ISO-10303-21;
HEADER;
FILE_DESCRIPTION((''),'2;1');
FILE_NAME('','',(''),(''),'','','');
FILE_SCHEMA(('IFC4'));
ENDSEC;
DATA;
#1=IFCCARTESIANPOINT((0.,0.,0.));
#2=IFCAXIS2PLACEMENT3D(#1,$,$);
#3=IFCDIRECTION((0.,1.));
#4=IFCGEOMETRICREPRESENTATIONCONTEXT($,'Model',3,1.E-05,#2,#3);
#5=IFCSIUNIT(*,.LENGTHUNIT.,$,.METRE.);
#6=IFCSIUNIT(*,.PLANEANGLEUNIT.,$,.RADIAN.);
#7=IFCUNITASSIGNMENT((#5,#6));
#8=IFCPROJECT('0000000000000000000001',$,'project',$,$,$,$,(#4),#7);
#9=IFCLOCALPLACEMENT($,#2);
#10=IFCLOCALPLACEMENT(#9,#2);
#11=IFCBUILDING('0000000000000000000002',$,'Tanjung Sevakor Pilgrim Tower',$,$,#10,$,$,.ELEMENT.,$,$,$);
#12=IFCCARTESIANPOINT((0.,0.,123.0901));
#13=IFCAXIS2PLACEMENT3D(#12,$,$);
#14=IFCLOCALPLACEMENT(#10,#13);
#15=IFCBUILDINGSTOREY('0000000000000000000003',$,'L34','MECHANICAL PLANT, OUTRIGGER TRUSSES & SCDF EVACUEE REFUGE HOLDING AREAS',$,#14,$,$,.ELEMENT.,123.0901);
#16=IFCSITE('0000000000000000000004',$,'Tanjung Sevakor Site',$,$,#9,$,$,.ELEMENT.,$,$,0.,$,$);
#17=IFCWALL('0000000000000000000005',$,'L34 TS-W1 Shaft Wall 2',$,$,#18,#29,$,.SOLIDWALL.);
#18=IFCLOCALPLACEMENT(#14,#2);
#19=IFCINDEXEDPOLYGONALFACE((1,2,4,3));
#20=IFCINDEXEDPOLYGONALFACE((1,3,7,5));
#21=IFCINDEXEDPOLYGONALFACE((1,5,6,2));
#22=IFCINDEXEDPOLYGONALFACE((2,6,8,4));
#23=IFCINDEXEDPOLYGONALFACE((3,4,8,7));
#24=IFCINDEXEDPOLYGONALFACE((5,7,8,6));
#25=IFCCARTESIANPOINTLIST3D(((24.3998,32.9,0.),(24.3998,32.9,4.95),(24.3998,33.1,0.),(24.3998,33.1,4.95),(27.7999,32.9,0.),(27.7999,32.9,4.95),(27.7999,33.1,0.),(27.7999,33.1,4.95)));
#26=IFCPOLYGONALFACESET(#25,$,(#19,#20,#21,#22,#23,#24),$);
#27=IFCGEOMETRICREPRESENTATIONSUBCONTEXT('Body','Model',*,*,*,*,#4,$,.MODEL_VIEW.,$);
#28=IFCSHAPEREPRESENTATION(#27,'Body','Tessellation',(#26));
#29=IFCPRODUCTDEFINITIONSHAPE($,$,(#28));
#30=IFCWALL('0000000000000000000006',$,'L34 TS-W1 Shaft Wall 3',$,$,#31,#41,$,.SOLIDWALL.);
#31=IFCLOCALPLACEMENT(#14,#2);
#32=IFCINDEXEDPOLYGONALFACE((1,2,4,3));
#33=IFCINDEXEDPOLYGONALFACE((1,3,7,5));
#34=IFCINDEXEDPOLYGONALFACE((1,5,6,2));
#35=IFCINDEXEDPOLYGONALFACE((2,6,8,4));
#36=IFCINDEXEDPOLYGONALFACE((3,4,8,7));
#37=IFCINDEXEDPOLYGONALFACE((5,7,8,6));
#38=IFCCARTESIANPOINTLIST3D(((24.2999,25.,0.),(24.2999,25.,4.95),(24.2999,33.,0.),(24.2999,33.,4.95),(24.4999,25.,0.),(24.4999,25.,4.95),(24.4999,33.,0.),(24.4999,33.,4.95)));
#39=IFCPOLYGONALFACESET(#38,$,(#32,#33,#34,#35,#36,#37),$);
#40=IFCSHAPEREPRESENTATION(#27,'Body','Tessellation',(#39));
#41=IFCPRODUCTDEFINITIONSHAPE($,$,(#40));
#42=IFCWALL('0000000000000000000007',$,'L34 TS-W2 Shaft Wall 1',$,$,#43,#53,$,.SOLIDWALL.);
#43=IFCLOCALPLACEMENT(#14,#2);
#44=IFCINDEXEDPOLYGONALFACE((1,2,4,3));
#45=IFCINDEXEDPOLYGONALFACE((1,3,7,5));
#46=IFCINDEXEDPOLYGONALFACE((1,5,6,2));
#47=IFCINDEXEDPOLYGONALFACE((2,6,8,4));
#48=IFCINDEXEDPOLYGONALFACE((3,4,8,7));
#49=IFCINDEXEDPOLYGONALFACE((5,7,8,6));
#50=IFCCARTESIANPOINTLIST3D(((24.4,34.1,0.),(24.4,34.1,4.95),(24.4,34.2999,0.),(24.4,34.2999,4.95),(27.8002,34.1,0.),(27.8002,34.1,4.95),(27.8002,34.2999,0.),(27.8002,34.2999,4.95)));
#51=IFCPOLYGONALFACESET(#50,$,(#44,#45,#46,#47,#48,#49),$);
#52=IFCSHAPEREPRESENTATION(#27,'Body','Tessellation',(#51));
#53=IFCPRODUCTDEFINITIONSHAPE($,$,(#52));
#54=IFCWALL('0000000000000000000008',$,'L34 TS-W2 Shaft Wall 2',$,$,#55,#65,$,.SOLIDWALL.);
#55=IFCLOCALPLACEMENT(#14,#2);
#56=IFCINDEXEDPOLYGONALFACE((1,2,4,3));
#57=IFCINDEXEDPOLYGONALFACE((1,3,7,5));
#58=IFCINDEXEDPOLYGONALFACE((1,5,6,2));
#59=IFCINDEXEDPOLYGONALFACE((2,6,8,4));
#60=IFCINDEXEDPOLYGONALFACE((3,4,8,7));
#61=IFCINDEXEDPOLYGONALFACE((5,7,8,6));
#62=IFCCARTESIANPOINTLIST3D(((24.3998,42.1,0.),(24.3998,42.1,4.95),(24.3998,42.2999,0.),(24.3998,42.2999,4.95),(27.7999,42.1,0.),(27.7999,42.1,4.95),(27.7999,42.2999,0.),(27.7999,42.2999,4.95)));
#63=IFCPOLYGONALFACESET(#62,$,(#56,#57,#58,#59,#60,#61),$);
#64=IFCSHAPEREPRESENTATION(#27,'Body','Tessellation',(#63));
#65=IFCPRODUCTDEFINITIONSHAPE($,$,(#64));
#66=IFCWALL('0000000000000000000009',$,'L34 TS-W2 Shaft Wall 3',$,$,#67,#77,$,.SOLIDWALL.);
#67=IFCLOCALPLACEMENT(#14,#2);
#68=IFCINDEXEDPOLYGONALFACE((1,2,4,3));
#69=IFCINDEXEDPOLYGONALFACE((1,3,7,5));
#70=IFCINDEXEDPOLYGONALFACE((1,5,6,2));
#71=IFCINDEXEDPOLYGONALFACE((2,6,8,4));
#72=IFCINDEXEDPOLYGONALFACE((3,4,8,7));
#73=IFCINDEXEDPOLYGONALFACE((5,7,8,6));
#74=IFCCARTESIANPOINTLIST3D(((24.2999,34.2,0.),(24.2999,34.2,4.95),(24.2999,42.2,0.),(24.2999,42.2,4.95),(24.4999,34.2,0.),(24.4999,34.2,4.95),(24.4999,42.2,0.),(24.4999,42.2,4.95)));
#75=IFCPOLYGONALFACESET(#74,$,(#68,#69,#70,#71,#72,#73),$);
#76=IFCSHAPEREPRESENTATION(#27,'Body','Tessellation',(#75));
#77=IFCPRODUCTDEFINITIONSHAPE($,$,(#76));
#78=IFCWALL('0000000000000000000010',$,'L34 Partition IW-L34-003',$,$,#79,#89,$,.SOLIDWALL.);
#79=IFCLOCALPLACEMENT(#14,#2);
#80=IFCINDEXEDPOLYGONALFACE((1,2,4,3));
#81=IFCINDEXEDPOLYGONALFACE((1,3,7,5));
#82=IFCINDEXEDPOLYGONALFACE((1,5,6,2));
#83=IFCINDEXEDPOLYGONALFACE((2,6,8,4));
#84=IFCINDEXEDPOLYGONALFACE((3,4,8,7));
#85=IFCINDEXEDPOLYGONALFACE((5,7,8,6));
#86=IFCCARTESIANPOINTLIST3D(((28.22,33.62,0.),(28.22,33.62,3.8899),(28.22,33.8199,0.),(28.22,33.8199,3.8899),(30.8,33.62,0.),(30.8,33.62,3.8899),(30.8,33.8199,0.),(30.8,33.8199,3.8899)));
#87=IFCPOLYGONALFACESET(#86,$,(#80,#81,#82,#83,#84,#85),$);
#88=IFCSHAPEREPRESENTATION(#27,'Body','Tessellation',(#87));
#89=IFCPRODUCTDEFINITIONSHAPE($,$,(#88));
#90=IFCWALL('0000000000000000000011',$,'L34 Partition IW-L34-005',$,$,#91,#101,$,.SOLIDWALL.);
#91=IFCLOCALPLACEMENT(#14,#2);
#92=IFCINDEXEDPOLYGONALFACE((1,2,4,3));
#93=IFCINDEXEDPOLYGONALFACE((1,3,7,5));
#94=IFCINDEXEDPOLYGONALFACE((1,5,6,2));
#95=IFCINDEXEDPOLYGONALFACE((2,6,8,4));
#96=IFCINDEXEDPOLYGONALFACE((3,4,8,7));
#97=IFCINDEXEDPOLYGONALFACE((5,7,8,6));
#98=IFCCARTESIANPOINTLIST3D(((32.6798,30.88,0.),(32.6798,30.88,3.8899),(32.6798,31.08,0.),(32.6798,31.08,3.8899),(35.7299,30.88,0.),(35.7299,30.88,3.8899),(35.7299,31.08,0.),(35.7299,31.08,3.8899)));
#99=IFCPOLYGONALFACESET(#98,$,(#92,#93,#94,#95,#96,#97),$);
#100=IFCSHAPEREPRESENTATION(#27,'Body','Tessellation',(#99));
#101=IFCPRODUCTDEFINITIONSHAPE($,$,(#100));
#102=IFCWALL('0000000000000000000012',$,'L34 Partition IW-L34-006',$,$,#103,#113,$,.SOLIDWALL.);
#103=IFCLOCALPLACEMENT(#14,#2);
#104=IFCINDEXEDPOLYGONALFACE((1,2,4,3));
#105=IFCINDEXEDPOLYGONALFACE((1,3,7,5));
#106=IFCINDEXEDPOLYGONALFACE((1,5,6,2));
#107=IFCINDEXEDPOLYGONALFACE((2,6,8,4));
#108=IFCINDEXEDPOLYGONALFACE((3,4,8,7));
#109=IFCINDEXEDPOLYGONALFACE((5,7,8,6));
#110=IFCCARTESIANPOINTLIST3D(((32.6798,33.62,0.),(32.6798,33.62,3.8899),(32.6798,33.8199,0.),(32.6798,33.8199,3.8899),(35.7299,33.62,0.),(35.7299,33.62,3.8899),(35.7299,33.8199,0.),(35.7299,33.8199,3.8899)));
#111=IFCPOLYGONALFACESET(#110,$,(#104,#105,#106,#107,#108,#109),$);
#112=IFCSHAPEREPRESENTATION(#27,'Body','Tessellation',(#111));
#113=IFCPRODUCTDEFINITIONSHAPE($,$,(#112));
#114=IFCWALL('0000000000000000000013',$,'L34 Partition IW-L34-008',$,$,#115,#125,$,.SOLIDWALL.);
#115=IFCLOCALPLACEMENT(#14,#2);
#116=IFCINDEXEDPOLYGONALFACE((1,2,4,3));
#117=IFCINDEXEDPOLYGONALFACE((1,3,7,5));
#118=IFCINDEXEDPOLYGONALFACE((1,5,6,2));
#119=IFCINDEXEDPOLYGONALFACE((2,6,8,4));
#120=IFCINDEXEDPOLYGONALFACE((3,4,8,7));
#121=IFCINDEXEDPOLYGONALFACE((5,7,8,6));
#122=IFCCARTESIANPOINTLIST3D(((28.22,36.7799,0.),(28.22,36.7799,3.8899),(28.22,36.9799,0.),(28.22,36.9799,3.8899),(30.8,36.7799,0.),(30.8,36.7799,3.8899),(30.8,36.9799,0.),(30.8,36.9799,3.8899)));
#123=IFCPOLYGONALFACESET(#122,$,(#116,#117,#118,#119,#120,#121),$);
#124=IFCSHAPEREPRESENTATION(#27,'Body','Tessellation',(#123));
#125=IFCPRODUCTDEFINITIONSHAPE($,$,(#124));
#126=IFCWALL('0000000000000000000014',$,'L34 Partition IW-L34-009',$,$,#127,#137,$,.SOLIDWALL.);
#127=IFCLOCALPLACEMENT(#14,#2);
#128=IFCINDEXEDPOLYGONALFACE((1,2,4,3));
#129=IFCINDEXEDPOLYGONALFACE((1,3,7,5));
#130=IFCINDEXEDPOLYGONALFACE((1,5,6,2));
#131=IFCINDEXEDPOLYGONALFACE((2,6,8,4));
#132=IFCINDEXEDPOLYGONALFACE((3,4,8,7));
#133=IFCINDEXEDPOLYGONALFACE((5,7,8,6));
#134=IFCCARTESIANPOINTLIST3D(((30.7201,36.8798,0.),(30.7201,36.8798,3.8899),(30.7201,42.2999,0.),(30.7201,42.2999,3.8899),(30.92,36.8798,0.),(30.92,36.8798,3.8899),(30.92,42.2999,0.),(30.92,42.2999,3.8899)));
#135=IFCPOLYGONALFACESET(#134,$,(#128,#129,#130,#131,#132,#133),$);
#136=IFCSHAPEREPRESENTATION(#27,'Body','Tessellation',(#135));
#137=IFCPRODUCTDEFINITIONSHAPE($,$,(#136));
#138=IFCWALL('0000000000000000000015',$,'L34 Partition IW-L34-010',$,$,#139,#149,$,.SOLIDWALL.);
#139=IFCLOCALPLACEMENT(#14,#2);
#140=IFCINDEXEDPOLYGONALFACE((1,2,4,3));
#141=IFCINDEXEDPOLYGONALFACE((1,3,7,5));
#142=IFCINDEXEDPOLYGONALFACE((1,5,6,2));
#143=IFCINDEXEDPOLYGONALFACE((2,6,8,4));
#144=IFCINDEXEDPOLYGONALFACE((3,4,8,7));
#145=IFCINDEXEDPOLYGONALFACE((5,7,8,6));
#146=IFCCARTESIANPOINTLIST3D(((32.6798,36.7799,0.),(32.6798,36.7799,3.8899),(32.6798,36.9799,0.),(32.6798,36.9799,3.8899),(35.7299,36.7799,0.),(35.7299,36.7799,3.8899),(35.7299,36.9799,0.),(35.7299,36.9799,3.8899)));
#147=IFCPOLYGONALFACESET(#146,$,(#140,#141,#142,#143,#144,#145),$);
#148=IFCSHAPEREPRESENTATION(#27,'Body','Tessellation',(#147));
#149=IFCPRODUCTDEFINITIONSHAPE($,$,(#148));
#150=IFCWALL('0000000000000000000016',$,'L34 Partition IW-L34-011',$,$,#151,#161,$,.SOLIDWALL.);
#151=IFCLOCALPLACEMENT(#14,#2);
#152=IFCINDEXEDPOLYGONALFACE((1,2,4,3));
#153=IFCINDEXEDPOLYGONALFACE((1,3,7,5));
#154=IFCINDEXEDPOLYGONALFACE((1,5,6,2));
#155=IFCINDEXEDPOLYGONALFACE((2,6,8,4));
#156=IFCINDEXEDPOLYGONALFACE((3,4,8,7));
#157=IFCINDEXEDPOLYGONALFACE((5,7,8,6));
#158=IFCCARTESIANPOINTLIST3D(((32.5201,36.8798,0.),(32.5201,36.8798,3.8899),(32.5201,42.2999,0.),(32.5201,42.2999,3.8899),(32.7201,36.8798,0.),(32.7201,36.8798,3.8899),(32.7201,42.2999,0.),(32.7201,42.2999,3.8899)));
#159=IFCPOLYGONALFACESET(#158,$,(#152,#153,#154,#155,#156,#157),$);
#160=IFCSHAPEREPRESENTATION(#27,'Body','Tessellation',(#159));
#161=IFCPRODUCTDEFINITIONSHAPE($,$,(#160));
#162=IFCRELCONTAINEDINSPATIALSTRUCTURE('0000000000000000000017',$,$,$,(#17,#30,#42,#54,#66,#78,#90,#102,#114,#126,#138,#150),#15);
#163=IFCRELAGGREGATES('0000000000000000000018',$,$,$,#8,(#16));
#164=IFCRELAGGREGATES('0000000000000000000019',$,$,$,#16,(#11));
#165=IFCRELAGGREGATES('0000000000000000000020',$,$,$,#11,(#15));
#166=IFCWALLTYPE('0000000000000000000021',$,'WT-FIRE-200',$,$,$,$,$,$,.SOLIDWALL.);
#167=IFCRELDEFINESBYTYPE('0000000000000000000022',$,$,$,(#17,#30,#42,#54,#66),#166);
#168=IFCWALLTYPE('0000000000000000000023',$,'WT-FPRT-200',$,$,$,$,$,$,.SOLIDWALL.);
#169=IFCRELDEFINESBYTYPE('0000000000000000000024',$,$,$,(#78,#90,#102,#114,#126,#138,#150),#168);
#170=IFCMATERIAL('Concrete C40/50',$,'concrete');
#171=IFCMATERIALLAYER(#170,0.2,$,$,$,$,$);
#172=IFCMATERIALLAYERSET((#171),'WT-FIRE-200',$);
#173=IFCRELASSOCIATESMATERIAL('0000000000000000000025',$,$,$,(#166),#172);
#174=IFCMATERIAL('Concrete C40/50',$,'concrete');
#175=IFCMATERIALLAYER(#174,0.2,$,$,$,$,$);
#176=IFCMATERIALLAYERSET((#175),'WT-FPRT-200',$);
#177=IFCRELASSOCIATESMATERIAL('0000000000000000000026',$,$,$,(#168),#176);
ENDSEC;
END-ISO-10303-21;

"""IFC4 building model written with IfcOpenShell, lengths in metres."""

from ifc_helpers import new_model, si_unit, direction, frame, frame_2d, origin, place, context, subcontext, project, spatial, rectangle, extrude, material, layer, layer_set, type_object, element, save


model = new_model("IFC4")

# Units and contexts
model_context = context("Model", 3, precision=1e-05, world=origin(), true_north=direction((0.0, 1.0)))
body_context = subcontext(model_context, "Body", "Model", "MODEL_VIEW")
ifc_project = project(units=[si_unit("LENGTHUNIT", "METRE"), si_unit("PLANEANGLEUNIT", "RADIAN")], contexts=[model_context])

# Site, building, storey
site_placement = place(None, origin())
site = spatial("IfcSite", under=ifc_project, at=site_placement, Name="Tanjung Sevakor Site", CompositionType="ELEMENT", RefElevation=0.0)
building_placement = place(site_placement, origin())
building = spatial("IfcBuilding", under=site, at=building_placement, Name="Tanjung Sevakor Pilgrim Tower", CompositionType="ELEMENT")
storey_placement = place(building_placement, frame((0.0, 0.0, 123.0901)))
storey = spatial("IfcBuildingStorey", under=building, at=storey_placement, Name="L34", Description="MECHANICAL PLANT, OUTRIGGER TRUSSES & SCDF EVACUEE REFUGE HOLDING AREAS", CompositionType="ELEMENT", Elevation=123.0901)

# Walls
ifc_material_1 = material(Name="Concrete C40/50", Category="concrete")
ifc_layer_1 = layer(ifc_material_1, 0.2)
ifc_layer_set_1 = layer_set([ifc_layer_1], Name="WT-FIRE-200")
wall_type_1 = type_object("IfcWallType", Name="WT-FIRE-200", PredefinedType="SOLIDWALL", material=ifc_layer_set_1)
wall_1_placement = place(storey_placement, frame((27.8, 33.0, 0.0), z_axis=(0.0, 0.0, 1.0), x_axis=(-1.0, 0.0, 0.0)))
element("IfcWall", 1, at=wall_1_placement, inside=storey, type_object=wall_type_1, Name="L34 TS-W1 Shaft Wall 2", PredefinedType="SOLIDWALL", context=body_context, shape_type="SweptSolid", body=[
    extrude(rectangle(XDim=3.4001, YDim=0.2, at=frame_2d((1.7002, 0.0))), origin(), (0.0, 0.0, 1.0), 4.95),
])
wall_2_placement = place(storey_placement, frame((24.3999, 33.0, 0.0), z_axis=(0.0, 0.0, 1.0), x_axis=(0.0, -1.0, 0.0)))
element("IfcWall", 2, at=wall_2_placement, inside=storey, type_object=wall_type_1, Name="L34 TS-W1 Shaft Wall 3", PredefinedType="SOLIDWALL", context=body_context, shape_type="SweptSolid", body=[
    extrude(rectangle(XDim=8.0, YDim=0.2, at=frame_2d((4.0, 0.0))), origin(), (0.0, 0.0, 1.0), 4.95),
])
for number, where, z_axis, x_axis, name in (
    (3, (24.3999, 34.2, 0.0), (0.0, 0.0, 1.0), (1.0, 0.0, 0.0), "L34 TS-W2 Shaft Wall 1"),
    (4, (27.8, 42.2, 0.0), (0.0, 0.0, 1.0), (-1.0, 0.0, 0.0), "L34 TS-W2 Shaft Wall 2"),
):
    element("IfcWall", number, at=place(storey_placement, frame(where, z_axis=z_axis, x_axis=x_axis)), inside=storey, type_object=wall_type_1, Name=name, PredefinedType="SOLIDWALL", context=body_context, shape_type="SweptSolid", body=[
        extrude(rectangle(XDim=3.4001, YDim=0.2, at=frame_2d((1.7002, 0.0))), origin(), (0.0, 0.0, 1.0), 4.95),
    ])
wall_3_placement = place(storey_placement, frame((24.3999, 42.2, 0.0), z_axis=(0.0, 0.0, 1.0), x_axis=(0.0, -1.0, 0.0)))
element("IfcWall", 5, at=wall_3_placement, inside=storey, type_object=wall_type_1, Name="L34 TS-W2 Shaft Wall 3", PredefinedType="SOLIDWALL", context=body_context, shape_type="SweptSolid", body=[
    extrude(rectangle(XDim=8.0, YDim=0.2, at=frame_2d((4.0, 0.0))), origin(), (0.0, 0.0, 1.0), 4.95),
])
ifc_material_2 = material(Name="Concrete C40/50", Category="concrete")
ifc_layer_2 = layer(ifc_material_2, 0.2)
ifc_layer_set_2 = layer_set([ifc_layer_2], Name="WT-FPRT-200")
wall_type_2 = type_object("IfcWallType", Name="WT-FPRT-200", PredefinedType="SOLIDWALL", material=ifc_layer_set_2)
wall_4_placement = place(storey_placement, frame((28.22, 33.72, 0.0), z_axis=(0.0, 0.0, 1.0), x_axis=(1.0, 0.0, 0.0)))
element("IfcWall", 6, at=wall_4_placement, inside=storey, type_object=wall_type_2, Name="L34 Partition IW-L34-003", PredefinedType="SOLIDWALL", context=body_context, shape_type="SweptSolid", body=[
    extrude(rectangle(XDim=2.5801, YDim=0.2, at=frame_2d((1.29, 0.0))), origin(), (0.0, 0.0, 1.0), 3.8899),
])
for number, where, z_axis, x_axis, name in (
    (7, (32.6799, 30.98, 0.0), (0.0, 0.0, 1.0), (1.0, 0.0, 0.0), "L34 Partition IW-L34-005"),
    (8, (32.6799, 33.72, 0.0), (0.0, 0.0, 1.0), (1.0, 0.0, 0.0), "L34 Partition IW-L34-006"),
):
    element("IfcWall", number, at=place(storey_placement, frame(where, z_axis=z_axis, x_axis=x_axis)), inside=storey, type_object=wall_type_2, Name=name, PredefinedType="SOLIDWALL", context=body_context, shape_type="SweptSolid", body=[
        extrude(rectangle(XDim=3.05, YDim=0.2, at=frame_2d((1.5249, 0.0))), origin(), (0.0, 0.0, 1.0), 3.8899),
    ])
wall_5_placement = place(storey_placement, frame((28.22, 36.8799, 0.0), z_axis=(0.0, 0.0, 1.0), x_axis=(1.0, 0.0, 0.0)))
element("IfcWall", 9, at=wall_5_placement, inside=storey, type_object=wall_type_2, Name="L34 Partition IW-L34-008", PredefinedType="SOLIDWALL", context=body_context, shape_type="SweptSolid", body=[
    extrude(rectangle(XDim=2.5801, YDim=0.2, at=frame_2d((1.29, 0.0))), origin(), (0.0, 0.0, 1.0), 3.8899),
])
wall_6_placement = place(storey_placement, frame((30.8201, 36.8799, 0.0), z_axis=(0.0, 0.0, 1.0), x_axis=(0.0, 1.0, 0.0)))
element("IfcWall", 10, at=wall_6_placement, inside=storey, type_object=wall_type_2, Name="L34 Partition IW-L34-009", PredefinedType="SOLIDWALL", context=body_context, shape_type="SweptSolid", body=[
    extrude(rectangle(XDim=5.4202, YDim=0.2, at=frame_2d((2.71, 0.0))), origin(), (0.0, 0.0, 1.0), 3.8899),
])
wall_7_placement = place(storey_placement, frame((32.6799, 36.8799, 0.0), z_axis=(0.0, 0.0, 1.0), x_axis=(1.0, 0.0, 0.0)))
element("IfcWall", 11, at=wall_7_placement, inside=storey, type_object=wall_type_2, Name="L34 Partition IW-L34-010", PredefinedType="SOLIDWALL", context=body_context, shape_type="SweptSolid", body=[
    extrude(rectangle(XDim=3.05, YDim=0.2, at=frame_2d((1.5249, 0.0))), origin(), (0.0, 0.0, 1.0), 3.8899),
])
wall_8_placement = place(storey_placement, frame((32.6201, 36.8799, 0.0), z_axis=(0.0, 0.0, 1.0), x_axis=(0.0, 1.0, 0.0)))
element("IfcWall", 12, at=wall_8_placement, inside=storey, type_object=wall_type_2, Name="L34 Partition IW-L34-011", PredefinedType="SOLIDWALL", context=body_context, shape_type="SweptSolid", body=[
    extrude(rectangle(XDim=5.4202, YDim=0.2, at=frame_2d((2.71, 0.0))), origin(), (0.0, 0.0, 1.0), 3.8899),
])

save(model, "model.ifc")
